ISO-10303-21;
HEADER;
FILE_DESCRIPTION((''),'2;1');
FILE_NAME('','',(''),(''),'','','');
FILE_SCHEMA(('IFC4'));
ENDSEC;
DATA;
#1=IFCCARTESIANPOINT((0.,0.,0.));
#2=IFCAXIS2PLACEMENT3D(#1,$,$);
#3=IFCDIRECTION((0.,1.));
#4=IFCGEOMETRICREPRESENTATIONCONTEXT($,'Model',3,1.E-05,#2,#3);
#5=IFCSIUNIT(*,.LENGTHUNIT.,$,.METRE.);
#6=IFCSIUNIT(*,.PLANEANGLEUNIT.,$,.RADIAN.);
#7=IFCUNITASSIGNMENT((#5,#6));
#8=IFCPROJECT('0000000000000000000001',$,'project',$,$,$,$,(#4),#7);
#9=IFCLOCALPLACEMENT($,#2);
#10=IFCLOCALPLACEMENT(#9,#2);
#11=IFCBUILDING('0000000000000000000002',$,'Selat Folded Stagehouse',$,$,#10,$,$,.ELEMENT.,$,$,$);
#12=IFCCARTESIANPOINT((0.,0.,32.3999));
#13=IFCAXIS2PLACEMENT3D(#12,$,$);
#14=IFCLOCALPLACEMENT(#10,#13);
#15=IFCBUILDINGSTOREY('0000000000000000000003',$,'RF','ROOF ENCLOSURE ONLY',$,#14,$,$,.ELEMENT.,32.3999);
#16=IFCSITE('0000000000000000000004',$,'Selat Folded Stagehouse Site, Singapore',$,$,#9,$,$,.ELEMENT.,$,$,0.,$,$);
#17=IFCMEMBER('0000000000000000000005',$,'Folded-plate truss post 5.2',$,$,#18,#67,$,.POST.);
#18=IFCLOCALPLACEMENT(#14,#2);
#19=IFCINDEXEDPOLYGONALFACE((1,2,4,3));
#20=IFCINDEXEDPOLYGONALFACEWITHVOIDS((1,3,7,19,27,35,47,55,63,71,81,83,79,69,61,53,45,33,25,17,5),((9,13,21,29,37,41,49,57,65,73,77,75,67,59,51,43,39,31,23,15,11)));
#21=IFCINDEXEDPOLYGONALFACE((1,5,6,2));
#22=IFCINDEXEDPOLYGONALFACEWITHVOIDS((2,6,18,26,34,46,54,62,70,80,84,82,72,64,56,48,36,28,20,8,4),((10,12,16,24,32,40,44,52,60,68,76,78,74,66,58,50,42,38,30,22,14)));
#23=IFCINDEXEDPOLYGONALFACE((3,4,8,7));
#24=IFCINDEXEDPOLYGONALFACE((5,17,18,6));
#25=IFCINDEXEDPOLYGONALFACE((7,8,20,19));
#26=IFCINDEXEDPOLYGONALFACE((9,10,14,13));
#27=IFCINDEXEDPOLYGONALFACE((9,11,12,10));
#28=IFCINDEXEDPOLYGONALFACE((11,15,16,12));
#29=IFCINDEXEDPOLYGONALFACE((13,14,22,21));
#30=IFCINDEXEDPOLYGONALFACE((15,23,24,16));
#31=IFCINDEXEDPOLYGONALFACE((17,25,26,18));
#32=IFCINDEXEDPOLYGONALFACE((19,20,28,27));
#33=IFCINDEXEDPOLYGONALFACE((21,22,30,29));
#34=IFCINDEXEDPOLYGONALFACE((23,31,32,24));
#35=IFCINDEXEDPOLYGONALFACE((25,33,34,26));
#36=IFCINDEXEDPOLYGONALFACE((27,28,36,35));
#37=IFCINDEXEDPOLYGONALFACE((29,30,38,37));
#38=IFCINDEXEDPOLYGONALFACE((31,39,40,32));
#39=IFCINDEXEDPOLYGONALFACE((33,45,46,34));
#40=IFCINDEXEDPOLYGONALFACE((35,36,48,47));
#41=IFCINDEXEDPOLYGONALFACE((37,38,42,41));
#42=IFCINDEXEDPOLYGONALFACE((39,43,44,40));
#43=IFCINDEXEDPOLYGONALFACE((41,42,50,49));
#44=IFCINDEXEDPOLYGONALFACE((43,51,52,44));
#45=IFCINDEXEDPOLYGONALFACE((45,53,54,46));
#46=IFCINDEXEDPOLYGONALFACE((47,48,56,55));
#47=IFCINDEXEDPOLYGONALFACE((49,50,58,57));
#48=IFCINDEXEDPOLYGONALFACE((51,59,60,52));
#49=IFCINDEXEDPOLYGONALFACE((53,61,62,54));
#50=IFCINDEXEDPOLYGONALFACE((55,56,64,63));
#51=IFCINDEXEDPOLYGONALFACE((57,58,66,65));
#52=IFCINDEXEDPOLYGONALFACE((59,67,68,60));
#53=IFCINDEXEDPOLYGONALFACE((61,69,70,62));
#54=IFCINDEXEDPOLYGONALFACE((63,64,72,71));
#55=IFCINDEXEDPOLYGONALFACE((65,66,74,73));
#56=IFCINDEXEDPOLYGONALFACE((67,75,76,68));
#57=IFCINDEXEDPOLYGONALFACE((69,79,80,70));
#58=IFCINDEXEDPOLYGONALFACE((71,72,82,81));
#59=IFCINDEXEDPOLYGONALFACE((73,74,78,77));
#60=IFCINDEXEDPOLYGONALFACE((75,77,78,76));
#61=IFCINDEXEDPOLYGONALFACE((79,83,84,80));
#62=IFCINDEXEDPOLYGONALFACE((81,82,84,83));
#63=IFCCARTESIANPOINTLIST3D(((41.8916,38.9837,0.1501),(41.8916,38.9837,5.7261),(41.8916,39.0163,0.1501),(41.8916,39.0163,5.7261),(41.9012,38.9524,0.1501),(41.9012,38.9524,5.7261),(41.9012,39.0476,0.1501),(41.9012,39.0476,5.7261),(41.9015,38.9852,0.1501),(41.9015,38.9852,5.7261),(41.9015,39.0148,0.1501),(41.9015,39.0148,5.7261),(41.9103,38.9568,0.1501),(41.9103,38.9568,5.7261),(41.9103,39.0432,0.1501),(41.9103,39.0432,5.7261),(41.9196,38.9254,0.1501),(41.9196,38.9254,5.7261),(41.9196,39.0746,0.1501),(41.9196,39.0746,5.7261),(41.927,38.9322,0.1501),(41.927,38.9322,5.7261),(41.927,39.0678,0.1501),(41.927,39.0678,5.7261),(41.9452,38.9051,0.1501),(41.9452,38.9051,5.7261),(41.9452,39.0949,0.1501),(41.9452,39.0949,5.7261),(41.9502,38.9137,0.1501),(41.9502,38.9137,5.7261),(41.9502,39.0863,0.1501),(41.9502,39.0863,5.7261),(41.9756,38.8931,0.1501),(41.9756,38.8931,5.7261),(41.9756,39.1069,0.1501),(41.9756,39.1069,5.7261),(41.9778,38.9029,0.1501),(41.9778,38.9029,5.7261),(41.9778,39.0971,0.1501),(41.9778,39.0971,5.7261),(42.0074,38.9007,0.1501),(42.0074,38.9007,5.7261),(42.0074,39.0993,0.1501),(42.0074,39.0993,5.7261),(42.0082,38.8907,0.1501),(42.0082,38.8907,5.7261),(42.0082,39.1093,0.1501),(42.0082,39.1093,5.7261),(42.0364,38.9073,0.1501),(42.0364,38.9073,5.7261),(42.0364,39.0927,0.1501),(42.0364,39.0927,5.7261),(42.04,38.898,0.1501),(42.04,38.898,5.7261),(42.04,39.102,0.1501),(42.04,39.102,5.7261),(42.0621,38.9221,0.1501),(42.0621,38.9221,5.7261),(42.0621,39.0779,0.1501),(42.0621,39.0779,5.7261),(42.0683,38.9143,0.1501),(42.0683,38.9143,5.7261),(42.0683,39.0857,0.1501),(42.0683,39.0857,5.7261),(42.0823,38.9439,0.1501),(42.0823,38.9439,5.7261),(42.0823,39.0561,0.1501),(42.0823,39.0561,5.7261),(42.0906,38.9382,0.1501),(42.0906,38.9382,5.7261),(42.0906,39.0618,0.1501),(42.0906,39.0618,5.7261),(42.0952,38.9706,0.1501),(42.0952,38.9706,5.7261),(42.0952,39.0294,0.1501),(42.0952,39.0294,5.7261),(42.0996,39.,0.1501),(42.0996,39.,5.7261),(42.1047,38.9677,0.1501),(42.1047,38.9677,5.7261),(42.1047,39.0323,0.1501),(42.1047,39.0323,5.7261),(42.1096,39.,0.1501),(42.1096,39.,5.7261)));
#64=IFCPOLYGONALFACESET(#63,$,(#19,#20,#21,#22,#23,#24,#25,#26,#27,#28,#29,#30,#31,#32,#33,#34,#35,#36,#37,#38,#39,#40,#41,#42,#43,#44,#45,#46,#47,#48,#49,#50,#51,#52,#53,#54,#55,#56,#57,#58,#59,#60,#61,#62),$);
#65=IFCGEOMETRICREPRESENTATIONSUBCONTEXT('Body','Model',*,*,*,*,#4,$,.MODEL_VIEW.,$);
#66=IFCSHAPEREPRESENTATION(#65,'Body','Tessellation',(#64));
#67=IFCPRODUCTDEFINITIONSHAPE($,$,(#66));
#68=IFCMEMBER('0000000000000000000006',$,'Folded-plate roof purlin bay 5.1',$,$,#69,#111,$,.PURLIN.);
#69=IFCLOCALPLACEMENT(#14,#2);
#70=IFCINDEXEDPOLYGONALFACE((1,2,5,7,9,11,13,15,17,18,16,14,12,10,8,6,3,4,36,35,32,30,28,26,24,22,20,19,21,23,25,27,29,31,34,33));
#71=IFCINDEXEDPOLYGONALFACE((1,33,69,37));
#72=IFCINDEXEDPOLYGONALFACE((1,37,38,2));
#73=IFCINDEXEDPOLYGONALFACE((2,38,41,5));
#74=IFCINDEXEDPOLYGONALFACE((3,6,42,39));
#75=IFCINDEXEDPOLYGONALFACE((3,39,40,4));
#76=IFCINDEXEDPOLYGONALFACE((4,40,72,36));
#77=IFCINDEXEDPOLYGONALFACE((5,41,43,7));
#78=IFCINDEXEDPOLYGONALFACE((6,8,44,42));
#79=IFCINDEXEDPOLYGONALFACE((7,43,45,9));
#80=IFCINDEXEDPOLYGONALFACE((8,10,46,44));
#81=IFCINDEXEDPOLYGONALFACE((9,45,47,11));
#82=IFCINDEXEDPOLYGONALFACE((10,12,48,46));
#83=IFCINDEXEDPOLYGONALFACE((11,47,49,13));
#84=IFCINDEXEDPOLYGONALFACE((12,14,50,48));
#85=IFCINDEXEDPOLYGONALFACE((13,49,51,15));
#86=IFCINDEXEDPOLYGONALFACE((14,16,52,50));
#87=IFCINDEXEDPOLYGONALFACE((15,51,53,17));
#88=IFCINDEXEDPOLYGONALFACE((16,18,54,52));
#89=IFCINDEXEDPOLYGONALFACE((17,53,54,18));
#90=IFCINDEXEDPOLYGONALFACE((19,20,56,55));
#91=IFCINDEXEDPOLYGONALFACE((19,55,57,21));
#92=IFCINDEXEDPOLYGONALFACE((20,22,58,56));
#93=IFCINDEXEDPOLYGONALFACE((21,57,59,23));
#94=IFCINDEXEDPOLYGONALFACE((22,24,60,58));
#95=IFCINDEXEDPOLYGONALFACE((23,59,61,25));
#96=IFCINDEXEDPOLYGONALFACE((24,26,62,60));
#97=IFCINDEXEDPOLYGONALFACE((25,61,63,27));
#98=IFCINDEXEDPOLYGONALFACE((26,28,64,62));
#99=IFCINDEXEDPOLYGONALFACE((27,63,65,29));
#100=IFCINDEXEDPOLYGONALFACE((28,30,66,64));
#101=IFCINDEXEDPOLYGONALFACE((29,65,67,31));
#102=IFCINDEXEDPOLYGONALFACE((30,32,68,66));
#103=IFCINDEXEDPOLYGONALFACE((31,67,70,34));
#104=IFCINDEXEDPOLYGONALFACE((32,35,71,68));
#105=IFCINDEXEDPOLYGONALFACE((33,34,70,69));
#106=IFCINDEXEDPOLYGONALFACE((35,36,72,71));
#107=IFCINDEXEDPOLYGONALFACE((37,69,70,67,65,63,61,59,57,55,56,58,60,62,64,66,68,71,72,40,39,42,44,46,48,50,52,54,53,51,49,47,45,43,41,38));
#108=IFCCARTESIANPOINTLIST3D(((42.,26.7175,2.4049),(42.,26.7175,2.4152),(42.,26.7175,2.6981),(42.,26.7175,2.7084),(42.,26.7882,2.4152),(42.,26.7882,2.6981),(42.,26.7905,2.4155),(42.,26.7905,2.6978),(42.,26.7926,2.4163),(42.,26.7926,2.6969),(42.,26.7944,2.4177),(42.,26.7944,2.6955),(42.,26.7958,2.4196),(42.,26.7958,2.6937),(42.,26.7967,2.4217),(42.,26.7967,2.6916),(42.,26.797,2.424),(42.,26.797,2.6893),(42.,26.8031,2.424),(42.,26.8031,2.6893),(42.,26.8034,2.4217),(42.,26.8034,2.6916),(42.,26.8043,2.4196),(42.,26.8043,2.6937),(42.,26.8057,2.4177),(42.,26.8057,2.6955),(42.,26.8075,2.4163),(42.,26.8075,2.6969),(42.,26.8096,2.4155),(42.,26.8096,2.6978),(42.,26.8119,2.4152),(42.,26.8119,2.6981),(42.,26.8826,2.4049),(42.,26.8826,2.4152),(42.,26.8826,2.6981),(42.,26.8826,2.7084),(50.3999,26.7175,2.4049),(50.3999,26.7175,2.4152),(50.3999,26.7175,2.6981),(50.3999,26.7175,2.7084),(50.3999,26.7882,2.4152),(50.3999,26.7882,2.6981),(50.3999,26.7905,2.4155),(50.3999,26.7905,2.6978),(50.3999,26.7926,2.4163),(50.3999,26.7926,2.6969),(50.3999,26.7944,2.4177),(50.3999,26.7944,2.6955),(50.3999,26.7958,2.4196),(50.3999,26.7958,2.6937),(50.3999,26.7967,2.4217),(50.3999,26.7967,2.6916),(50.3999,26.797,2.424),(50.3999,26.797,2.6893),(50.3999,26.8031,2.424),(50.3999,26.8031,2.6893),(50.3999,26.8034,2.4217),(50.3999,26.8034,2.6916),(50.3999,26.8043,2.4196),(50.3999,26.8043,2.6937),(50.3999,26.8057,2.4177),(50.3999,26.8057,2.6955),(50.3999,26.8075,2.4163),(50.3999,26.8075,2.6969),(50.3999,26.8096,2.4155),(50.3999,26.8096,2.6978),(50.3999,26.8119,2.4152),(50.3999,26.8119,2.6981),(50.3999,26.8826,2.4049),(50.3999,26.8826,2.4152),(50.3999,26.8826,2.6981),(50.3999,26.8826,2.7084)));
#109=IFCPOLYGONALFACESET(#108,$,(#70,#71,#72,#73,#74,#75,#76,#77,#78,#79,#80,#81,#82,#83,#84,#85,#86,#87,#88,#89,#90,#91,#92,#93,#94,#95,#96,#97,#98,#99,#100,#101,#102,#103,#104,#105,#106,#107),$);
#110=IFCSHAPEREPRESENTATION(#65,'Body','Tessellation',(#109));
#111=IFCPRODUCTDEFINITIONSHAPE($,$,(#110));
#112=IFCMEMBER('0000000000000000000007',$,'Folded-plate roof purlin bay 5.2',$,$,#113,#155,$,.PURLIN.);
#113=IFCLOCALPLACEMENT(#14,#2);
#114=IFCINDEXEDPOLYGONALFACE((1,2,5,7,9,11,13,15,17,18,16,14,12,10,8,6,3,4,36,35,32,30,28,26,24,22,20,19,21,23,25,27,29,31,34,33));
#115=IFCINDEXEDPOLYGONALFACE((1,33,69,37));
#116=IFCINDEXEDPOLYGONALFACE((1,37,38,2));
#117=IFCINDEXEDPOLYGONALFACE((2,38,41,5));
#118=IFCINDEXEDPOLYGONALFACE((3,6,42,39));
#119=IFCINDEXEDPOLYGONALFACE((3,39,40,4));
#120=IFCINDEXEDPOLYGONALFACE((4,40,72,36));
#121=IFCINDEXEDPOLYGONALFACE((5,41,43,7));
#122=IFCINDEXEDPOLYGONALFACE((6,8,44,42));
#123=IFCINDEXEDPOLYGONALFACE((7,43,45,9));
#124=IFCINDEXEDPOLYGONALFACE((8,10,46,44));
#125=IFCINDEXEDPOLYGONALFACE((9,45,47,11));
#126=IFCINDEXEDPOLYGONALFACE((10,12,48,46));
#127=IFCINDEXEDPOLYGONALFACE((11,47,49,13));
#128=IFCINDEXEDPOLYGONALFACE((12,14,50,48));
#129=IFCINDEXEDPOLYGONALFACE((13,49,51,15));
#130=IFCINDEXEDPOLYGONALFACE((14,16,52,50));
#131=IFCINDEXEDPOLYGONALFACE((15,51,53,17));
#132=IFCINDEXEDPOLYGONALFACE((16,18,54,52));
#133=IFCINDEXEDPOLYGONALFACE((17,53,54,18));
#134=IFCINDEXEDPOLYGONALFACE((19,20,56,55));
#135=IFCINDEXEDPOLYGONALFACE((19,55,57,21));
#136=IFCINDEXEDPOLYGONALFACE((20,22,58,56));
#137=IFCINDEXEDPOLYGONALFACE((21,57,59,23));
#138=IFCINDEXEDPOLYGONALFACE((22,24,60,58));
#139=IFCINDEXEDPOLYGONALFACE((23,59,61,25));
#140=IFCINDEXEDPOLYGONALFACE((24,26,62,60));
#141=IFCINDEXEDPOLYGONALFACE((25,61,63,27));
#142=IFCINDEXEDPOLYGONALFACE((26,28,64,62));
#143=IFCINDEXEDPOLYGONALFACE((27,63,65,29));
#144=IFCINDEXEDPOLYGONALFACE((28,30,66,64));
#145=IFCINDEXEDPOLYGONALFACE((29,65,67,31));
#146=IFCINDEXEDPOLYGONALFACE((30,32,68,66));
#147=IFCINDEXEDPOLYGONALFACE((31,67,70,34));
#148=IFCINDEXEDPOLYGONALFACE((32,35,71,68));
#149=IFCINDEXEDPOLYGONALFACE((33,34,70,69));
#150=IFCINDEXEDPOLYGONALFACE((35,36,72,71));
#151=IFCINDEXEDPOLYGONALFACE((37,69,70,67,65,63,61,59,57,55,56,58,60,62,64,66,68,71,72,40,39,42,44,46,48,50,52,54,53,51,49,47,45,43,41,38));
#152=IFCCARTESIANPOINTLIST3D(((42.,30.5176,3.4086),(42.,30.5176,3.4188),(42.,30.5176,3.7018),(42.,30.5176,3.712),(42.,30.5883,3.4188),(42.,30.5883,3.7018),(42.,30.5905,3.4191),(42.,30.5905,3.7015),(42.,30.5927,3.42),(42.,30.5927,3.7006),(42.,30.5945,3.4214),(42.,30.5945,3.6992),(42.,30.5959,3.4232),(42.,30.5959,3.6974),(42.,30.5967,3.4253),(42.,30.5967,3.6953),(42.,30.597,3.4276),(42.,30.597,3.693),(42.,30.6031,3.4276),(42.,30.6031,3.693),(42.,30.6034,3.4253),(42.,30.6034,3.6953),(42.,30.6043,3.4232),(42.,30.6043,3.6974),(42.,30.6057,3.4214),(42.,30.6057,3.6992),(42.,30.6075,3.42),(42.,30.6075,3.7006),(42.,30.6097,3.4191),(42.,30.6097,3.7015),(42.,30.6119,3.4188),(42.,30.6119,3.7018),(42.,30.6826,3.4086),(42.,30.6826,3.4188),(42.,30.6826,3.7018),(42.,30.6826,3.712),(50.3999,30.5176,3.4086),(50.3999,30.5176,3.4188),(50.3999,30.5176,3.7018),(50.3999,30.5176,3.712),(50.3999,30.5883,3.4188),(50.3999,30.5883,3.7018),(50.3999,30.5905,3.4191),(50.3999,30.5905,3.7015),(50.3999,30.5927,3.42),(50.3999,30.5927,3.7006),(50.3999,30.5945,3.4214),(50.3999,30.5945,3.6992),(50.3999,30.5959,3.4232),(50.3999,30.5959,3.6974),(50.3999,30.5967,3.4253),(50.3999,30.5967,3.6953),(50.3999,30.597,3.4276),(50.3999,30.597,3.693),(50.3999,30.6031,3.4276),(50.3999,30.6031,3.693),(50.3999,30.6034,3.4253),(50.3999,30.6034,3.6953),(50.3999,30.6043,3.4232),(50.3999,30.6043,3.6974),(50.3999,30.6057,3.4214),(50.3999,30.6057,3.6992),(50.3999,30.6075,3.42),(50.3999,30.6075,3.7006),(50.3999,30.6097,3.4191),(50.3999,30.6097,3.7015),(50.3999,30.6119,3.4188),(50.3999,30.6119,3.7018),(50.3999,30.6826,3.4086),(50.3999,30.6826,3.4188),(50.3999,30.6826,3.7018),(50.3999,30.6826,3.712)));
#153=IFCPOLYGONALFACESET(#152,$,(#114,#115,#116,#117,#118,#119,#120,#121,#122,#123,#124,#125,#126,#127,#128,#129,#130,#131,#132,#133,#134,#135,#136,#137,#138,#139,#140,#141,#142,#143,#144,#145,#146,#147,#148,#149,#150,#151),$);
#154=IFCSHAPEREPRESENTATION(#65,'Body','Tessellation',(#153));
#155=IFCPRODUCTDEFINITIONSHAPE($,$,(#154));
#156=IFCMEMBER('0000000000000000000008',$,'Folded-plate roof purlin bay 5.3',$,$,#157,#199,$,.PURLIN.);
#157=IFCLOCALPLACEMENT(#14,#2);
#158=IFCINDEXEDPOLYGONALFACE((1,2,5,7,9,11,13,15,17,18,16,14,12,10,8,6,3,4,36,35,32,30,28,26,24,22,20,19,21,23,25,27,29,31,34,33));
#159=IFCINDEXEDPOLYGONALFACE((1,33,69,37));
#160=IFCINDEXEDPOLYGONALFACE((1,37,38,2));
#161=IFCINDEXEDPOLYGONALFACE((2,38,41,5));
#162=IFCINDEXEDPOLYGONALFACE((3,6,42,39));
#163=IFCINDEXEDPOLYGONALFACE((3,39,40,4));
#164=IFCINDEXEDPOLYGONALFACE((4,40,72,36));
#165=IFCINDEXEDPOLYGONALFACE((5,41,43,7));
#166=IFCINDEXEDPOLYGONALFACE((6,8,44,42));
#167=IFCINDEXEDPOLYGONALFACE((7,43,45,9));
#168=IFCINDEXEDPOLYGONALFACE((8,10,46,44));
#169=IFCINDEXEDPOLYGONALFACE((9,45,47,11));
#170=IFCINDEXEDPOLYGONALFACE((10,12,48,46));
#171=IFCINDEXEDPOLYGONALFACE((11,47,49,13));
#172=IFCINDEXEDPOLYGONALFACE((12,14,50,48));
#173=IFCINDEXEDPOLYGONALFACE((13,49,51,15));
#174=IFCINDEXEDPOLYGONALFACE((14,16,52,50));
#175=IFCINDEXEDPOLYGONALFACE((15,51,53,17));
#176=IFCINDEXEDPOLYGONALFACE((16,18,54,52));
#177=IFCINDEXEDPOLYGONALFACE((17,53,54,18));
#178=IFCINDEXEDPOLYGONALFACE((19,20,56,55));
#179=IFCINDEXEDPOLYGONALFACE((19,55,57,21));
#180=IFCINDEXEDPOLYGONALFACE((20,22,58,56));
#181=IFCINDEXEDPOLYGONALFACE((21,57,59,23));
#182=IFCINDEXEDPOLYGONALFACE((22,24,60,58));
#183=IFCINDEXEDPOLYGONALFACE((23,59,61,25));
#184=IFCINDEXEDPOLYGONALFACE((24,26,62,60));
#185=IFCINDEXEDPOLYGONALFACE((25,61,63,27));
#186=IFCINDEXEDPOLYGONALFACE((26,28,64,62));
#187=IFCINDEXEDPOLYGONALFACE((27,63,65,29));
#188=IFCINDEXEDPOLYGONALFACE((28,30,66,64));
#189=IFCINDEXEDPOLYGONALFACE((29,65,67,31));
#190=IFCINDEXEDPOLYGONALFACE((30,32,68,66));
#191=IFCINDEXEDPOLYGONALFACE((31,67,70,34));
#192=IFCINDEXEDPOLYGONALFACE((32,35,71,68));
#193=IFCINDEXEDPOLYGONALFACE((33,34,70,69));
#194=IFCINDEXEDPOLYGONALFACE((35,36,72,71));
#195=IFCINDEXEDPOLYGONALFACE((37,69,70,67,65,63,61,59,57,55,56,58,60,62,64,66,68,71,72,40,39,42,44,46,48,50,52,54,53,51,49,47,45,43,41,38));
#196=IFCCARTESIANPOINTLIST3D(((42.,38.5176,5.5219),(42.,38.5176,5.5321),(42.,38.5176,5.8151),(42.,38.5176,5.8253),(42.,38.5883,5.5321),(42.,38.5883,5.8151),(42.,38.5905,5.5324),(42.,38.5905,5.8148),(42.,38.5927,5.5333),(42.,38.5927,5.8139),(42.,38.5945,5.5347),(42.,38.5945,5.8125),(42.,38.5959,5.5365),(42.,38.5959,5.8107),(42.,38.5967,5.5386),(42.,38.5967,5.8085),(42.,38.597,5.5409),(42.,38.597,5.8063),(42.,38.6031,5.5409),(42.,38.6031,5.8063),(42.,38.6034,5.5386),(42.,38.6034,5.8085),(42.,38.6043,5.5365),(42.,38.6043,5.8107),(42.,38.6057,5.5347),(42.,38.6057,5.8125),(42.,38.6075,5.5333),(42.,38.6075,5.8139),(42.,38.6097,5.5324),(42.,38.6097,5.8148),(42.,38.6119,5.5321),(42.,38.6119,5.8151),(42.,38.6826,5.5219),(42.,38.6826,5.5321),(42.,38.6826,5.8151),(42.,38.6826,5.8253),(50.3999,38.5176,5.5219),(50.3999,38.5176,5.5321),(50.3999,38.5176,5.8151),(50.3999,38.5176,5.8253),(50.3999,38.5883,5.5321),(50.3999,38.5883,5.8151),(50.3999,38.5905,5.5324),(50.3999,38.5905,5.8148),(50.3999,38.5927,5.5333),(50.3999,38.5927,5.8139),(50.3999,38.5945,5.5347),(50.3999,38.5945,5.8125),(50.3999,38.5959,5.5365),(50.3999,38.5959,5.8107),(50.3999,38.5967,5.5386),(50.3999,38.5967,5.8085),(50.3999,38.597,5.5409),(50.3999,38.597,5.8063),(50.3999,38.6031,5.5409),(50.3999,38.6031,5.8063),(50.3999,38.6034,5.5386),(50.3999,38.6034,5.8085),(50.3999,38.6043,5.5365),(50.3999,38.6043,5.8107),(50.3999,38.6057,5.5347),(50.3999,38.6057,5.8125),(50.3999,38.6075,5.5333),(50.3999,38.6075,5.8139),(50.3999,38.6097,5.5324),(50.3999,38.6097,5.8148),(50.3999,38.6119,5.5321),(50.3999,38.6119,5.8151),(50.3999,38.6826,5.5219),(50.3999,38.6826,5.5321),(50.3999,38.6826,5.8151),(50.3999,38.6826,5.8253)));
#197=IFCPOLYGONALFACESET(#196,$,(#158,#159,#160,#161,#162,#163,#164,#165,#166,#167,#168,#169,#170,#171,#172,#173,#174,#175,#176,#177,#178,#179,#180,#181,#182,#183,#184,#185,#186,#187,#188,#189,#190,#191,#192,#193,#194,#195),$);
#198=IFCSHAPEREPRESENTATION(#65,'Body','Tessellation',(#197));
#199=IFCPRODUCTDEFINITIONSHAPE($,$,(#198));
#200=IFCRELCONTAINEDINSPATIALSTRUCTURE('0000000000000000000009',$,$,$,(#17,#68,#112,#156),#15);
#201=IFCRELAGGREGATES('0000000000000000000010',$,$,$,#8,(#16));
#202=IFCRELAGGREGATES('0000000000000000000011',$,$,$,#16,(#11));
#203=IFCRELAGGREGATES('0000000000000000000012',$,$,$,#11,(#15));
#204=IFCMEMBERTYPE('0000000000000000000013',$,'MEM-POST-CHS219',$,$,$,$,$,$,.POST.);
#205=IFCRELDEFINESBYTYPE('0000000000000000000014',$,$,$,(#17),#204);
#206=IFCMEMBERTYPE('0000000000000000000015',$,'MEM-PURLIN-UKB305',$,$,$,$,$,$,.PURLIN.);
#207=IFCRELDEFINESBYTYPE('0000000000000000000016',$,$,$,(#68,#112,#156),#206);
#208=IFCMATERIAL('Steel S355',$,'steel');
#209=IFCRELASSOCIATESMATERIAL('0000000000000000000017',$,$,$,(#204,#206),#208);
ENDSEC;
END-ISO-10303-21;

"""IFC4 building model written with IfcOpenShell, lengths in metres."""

from ifc_helpers import new_model, si_unit, direction, frame, origin, origin_2d, place, context, subcontext, project, spatial, hollow_circle, i_section, extrude, material, material_profile, profile_set, type_object, element, save


model = new_model("IFC4")

# Units and contexts
model_context = context("Model", 3, precision=1e-05, world=origin(), true_north=direction((0.0, 1.0)))
body_context = subcontext(model_context, "Body", "Model", "MODEL_VIEW")
ifc_project = project(units=[si_unit("LENGTHUNIT", "METRE"), si_unit("PLANEANGLEUNIT", "RADIAN")], contexts=[model_context])

# Site, building, storey
site_placement = place(None, origin())
site = spatial("IfcSite", under=ifc_project, at=site_placement, Name="Selat Folded Stagehouse Site, Singapore", CompositionType="ELEMENT", RefElevation=0.0)
building_placement = place(site_placement, origin())
building = spatial("IfcBuilding", under=site, at=building_placement, Name="Selat Folded Stagehouse", CompositionType="ELEMENT")
storey_placement = place(building_placement, frame((0.0, 0.0, 32.3999)))
storey = spatial("IfcBuildingStorey", under=building, at=storey_placement, Name="RF", Description="ROOF ENCLOSURE ONLY", CompositionType="ELEMENT", Elevation=32.3999)

# Shared definitions
ifc_material_1 = material(Name="Steel S355", Category="steel")

# Members
ifc_material_profile_1 = material_profile(ifc_material_1, hollow_circle(Radius=0.1096, WallThickness=0.01, at=origin_2d()), Name="CHS 219.1x10.0")
ifc_profile_set_1 = profile_set([ifc_material_profile_1], Name="Steel S355")
member_type_1 = type_object("IfcMemberType", Name="MEM-POST-CHS219", PredefinedType="POST", material=ifc_profile_set_1)
member_1_placement = place(storey_placement, frame((42.0, 39.0, 0.1501), z_axis=(0.0, 0.0, 1.0), x_axis=(1.0, 0.0, 0.0)))
element("IfcMember", 1, at=member_1_placement, inside=storey, type_object=member_type_1, Name="Folded-plate truss post 5.2", PredefinedType="POST", context=body_context, shape_type="SweptSolid", body=[
    extrude(hollow_circle(Radius=0.1096, WallThickness=0.01, at=origin_2d()), origin(), (0.0, 0.0, 1.0), 5.5759),
])
ifc_material_profile_2 = material_profile(ifc_material_1, i_section(OverallWidth=0.165, OverallDepth=0.3035, WebThickness=0.0061, FlangeThickness=0.0103, FilletRadius=0.0088, at=origin_2d()), Name="UKB 305x165x40")
ifc_profile_set_2 = profile_set([ifc_material_profile_2], Name="Steel S355")
member_type_2 = type_object("IfcMemberType", Name="MEM-PURLIN-UKB305", PredefinedType="PURLIN", material=ifc_profile_set_2)
for number, where, z_axis, x_axis, name in (
    (2, (42.0, 26.8, 2.5566), (1.0, 0.0, 0.0), (0.0, 1.0, 0.0), "Folded-plate roof purlin bay 5.1"),
    (3, (42.0, 30.6001, 3.5603), (1.0, 0.0, 0.0), (0.0, 1.0, 0.0), "Folded-plate roof purlin bay 5.2"),
    (4, (42.0, 38.6001, 5.6736), (1.0, 0.0, 0.0), (0.0, 1.0, 0.0), "Folded-plate roof purlin bay 5.3"),
):
    element("IfcMember", number, at=place(storey_placement, frame(where, z_axis=z_axis, x_axis=x_axis)), inside=storey, type_object=member_type_2, Name=name, PredefinedType="PURLIN", context=body_context, shape_type="SweptSolid", body=[
        extrude(i_section(OverallWidth=0.165, OverallDepth=0.3035, WebThickness=0.0061, FlangeThickness=0.0103, FilletRadius=0.0088, at=origin_2d()), origin(), (0.0, 0.0, 1.0), 8.3999),
    ])

save(model, "model.ifc")
